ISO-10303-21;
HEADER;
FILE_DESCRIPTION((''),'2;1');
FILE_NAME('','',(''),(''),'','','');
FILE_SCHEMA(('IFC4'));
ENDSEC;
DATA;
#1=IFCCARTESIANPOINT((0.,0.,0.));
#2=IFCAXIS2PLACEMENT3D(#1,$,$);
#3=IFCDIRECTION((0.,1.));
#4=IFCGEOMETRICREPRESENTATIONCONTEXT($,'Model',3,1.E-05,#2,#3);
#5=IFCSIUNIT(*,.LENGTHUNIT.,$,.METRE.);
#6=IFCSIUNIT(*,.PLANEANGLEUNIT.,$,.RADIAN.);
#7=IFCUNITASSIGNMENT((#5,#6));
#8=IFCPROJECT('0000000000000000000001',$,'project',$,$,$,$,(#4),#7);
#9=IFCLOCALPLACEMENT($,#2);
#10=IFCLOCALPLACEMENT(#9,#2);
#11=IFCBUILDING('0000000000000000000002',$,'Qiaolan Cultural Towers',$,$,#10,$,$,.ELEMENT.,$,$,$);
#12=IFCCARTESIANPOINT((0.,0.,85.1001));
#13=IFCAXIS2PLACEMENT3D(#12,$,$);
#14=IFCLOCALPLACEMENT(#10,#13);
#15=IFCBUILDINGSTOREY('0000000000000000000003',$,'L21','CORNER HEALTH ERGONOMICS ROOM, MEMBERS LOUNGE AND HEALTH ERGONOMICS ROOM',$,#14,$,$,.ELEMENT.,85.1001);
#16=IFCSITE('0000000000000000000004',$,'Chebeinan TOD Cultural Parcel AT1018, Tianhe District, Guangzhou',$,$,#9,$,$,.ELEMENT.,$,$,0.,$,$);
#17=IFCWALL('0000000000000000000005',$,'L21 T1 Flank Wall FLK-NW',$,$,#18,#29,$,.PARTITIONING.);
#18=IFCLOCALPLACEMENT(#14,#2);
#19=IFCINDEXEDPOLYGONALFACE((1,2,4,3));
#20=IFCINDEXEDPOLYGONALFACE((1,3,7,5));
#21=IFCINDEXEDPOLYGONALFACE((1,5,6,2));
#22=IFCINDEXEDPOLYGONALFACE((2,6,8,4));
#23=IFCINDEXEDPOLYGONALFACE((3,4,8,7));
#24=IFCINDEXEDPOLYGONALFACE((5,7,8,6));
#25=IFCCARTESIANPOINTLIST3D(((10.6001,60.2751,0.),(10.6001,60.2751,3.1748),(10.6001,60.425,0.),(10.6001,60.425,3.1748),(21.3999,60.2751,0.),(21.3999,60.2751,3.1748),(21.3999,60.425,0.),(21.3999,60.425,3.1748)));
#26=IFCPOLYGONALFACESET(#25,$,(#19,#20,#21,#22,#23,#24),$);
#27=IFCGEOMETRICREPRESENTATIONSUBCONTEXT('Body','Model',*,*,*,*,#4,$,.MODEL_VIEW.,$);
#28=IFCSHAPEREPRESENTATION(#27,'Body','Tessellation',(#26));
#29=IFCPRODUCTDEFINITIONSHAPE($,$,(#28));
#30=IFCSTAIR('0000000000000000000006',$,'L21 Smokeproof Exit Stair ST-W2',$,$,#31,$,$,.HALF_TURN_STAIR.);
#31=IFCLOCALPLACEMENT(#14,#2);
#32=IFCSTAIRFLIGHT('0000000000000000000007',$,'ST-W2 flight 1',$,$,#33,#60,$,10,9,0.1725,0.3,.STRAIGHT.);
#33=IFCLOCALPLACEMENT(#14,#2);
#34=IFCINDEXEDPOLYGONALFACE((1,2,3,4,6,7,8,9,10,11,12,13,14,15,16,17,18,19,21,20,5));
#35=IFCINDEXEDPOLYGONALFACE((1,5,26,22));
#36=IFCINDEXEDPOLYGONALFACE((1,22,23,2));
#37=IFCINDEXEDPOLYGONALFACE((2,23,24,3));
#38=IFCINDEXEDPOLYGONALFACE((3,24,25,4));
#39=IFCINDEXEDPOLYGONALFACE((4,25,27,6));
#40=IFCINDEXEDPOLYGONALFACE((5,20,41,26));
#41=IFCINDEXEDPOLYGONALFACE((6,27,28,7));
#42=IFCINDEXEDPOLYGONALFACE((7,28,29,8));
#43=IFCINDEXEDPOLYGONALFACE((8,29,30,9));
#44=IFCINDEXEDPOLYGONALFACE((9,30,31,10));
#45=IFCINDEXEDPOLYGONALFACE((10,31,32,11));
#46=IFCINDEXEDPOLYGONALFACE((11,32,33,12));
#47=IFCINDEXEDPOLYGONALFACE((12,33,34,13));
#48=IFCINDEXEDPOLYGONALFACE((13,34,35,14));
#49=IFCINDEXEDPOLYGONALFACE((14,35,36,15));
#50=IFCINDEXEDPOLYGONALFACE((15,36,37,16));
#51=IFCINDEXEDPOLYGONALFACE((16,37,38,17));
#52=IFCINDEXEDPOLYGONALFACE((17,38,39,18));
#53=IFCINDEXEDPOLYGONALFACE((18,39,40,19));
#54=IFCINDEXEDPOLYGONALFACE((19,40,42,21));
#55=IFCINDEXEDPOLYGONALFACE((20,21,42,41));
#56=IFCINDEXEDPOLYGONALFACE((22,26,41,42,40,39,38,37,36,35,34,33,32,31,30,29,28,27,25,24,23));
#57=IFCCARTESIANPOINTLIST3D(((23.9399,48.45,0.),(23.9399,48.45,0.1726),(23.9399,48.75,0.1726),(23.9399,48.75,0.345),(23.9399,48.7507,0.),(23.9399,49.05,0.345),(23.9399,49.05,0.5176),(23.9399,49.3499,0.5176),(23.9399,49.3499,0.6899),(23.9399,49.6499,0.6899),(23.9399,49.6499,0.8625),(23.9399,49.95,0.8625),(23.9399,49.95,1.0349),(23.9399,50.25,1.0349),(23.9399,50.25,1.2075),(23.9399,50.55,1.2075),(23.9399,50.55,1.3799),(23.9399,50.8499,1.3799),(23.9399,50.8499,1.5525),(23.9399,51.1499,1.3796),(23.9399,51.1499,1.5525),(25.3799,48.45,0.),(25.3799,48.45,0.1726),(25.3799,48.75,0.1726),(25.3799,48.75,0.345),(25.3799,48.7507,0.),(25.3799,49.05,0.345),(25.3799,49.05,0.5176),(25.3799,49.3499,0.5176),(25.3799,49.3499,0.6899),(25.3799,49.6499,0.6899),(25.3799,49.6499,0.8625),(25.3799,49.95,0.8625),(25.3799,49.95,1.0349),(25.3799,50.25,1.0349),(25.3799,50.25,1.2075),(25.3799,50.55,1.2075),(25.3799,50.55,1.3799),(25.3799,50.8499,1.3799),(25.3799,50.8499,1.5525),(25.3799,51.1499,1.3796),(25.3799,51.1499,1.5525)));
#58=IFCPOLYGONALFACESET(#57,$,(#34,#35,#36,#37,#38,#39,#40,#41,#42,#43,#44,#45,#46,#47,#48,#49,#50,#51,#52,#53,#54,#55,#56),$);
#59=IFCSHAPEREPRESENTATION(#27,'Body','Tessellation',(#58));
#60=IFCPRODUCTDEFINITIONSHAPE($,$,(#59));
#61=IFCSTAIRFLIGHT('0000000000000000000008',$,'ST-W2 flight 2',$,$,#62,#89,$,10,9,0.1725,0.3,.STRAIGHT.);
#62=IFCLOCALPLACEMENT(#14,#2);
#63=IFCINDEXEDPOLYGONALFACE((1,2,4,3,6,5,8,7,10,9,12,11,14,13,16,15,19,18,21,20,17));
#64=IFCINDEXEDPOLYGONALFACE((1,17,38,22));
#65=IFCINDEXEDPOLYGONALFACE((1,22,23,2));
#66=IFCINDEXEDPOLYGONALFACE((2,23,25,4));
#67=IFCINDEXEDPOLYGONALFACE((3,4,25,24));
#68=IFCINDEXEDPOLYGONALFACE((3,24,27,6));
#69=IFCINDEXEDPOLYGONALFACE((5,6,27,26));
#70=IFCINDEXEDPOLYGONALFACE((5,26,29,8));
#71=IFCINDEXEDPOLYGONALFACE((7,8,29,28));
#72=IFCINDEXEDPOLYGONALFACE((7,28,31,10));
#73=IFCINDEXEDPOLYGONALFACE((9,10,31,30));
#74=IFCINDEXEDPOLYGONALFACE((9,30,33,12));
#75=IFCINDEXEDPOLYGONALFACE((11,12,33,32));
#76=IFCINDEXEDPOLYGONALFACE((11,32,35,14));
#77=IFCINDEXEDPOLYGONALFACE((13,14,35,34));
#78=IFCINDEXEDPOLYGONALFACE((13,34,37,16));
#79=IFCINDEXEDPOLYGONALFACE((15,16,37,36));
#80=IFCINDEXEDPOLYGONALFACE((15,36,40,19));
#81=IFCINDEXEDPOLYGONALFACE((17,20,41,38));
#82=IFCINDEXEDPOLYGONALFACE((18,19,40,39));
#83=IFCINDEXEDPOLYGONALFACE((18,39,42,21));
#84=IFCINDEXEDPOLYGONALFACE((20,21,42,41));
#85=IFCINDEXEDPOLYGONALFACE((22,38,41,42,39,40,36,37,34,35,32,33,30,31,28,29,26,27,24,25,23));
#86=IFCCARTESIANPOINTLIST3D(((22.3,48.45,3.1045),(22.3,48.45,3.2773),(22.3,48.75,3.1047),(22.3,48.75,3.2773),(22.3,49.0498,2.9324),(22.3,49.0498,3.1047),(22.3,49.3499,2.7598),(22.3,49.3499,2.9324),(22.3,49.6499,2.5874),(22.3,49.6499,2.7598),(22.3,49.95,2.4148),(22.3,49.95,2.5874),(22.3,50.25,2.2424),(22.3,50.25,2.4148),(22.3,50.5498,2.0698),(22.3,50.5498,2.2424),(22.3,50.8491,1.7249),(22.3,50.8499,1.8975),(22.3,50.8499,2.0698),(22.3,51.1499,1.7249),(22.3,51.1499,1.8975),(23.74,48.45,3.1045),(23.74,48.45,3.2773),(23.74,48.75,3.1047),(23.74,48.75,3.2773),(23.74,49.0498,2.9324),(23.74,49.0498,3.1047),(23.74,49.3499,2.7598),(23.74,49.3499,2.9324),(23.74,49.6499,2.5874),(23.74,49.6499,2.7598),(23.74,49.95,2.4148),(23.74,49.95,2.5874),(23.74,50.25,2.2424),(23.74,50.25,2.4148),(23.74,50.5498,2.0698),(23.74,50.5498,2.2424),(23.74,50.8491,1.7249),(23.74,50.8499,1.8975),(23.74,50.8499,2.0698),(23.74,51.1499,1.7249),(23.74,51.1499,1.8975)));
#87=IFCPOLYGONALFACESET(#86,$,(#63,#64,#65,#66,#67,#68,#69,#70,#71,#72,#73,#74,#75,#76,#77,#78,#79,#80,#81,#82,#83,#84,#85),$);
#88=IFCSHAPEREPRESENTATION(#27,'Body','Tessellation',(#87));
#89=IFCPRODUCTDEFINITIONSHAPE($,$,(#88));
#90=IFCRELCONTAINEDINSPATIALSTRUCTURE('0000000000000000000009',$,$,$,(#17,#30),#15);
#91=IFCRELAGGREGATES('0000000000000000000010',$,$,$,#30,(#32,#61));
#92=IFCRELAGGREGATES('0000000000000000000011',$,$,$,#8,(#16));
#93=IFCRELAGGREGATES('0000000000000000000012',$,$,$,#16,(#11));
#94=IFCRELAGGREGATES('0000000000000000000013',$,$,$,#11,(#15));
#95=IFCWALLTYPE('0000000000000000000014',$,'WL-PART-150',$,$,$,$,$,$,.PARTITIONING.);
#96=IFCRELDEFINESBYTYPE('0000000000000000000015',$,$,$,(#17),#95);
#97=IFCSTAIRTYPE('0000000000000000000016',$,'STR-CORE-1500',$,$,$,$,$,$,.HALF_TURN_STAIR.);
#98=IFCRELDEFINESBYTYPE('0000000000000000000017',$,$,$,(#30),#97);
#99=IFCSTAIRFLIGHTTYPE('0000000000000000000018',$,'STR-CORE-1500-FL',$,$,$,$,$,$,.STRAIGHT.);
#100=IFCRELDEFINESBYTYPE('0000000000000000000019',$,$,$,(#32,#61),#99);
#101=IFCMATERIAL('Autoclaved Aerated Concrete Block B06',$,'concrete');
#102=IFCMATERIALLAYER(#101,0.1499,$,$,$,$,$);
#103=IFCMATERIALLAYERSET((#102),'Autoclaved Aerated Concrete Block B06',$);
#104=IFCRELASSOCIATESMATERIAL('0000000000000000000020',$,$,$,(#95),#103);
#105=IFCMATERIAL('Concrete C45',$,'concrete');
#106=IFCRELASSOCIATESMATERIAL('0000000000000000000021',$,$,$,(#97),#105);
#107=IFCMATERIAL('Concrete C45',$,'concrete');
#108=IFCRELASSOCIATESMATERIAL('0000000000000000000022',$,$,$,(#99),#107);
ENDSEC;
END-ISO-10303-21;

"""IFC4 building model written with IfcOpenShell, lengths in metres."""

from ifc_helpers import new_model, si_unit, direction, frame, frame_2d, origin, place, context, subcontext, project, spatial, polyline, rectangle, outline, extrude, material, layer, layer_set, type_object, element, aggregate, save


model = new_model("IFC4")

# Units and contexts
model_context = context("Model", 3, precision=1e-05, world=origin(), true_north=direction((0.0, 1.0)))
body_context = subcontext(model_context, "Body", "Model", "MODEL_VIEW")
ifc_project = project(units=[si_unit("LENGTHUNIT", "METRE"), si_unit("PLANEANGLEUNIT", "RADIAN")], contexts=[model_context])

# Site, building, storey
site_placement = place(None, origin())
site = spatial("IfcSite", under=ifc_project, at=site_placement, Name="Chebeinan TOD Cultural Parcel AT1018, Tianhe District, Guangzhou", CompositionType="ELEMENT", RefElevation=0.0)
building_placement = place(site_placement, origin())
building = spatial("IfcBuilding", under=site, at=building_placement, Name="Qiaolan Cultural Towers", CompositionType="ELEMENT")
storey_placement = place(building_placement, frame((0.0, 0.0, 85.1001)))
storey = spatial("IfcBuildingStorey", under=building, at=storey_placement, Name="L21", Description="CORNER HEALTH ERGONOMICS ROOM, MEMBERS LOUNGE AND HEALTH ERGONOMICS ROOM", CompositionType="ELEMENT", Elevation=85.1001)

# Wall
ifc_material_1 = material(Name="Autoclaved Aerated Concrete Block B06", Category="concrete")
ifc_layer_1 = layer(ifc_material_1, 0.1499)
ifc_layer_set_1 = layer_set([ifc_layer_1], Name="Autoclaved Aerated Concrete Block B06")
wall_type_1 = type_object("IfcWallType", Name="WL-PART-150", PredefinedType="PARTITIONING", material=ifc_layer_set_1)
wall_1_placement = place(storey_placement, frame((10.6001, 60.3501, 0.0), z_axis=(0.0, 0.0, 1.0), x_axis=(1.0, 0.0, 0.0)))
element("IfcWall", 1, at=wall_1_placement, inside=storey, type_object=wall_type_1, Name="L21 T1 Flank Wall FLK-NW", PredefinedType="PARTITIONING", context=body_context, shape_type="SweptSolid", body=[
    extrude(rectangle(XDim=10.7998, YDim=0.1499, at=frame_2d((5.3999, 0.0))), origin(), (0.0, 0.0, 1.0), 3.1748),
])

# Stair, stair flights
ifc_material_2 = material(Name="Concrete C45", Category="concrete")
stair_type = type_object("IfcStairType", Name="STR-CORE-1500", PredefinedType="HALF_TURN_STAIR", material=ifc_material_2)
stair_placement = place(storey_placement, origin())
stair = element("IfcStair", 2, at=stair_placement, inside=storey, type_object=stair_type, Name="L21 Smokeproof Exit Stair ST-W2", PredefinedType="HALF_TURN_STAIR")
ifc_material_3 = material(Name="Concrete C45", Category="concrete")
stair_flight_type = type_object("IfcStairFlightType", Name="STR-CORE-1500-FL", PredefinedType="STRAIGHT", material=ifc_material_3)
stair_flight_1_placement = place(storey_placement, frame((24.6599, 48.45, 0.0), z_axis=(0.0, 0.0, 1.0), x_axis=(0.0, 1.0, 0.0)))
stair_flight_1 = element("IfcStairFlight", 3, at=stair_flight_1_placement, type_object=stair_flight_type, Name="ST-W2 flight 1", NumberOfRisers=10, NumberOfTreads=9, PredefinedType="STRAIGHT", RiserHeight=0.1725, TreadLength=0.3, context=body_context, shape_type="SweptSolid", body=[
    extrude(outline(polyline([(0.0, 0.0), (0.0, 0.1726), (0.3, 0.1726), (0.3, 0.345), (0.6001, 0.345), (0.6001, 0.5176), (0.8999, 0.5176), (0.8999, 0.6899), (1.2, 0.6899), (1.2, 0.8625), (1.5, 0.8625), (1.5, 1.0349), (1.8, 1.0349), (1.8, 1.2075), (2.1001, 1.2075), (2.1001, 1.3799), (2.3999, 1.3799), (2.3999, 1.5525), (2.7, 1.5525), (2.7, 1.7251), (2.7, 1.3796), (0.3008, 0.0), (0.0, 0.0)])), frame((0.0, 0.72, 0.0), z_axis=(0.0, -1.0, 0.0), x_axis=(1.0, 0.0, 0.0)), (0.0, 0.0, 1.0), 1.4399),
])
stair_flight_2_placement = place(storey_placement, frame((23.02, 51.1499, 1.7249), z_axis=(0.0, 0.0, 1.0), x_axis=(0.0, -1.0, 0.0)))
stair_flight_2 = element("IfcStairFlight", 4, at=stair_flight_2_placement, type_object=stair_flight_type, Name="ST-W2 flight 2", NumberOfRisers=10, NumberOfTreads=9, PredefinedType="STRAIGHT", RiserHeight=0.1725, TreadLength=0.3, context=body_context, shape_type="SweptSolid", body=[
    extrude(outline(polyline([(0.0, 0.0), (0.0, 0.1726), (0.3, 0.1726), (0.3, 0.345), (0.6001, 0.345), (0.6001, 0.5176), (0.8999, 0.5176), (0.8999, 0.6899), (1.2, 0.6899), (1.2, 0.8625), (1.5, 0.8625), (1.5, 1.0349), (1.8, 1.0349), (1.8, 1.2075), (2.1001, 1.2075), (2.1001, 1.3799), (2.3999, 1.3799), (2.3999, 1.5525), (2.7, 1.5525), (2.7, 1.7251), (2.7, 1.3796), (0.3008, 0.0), (0.0, 0.0)])), frame((0.0, 0.72, 0.0), z_axis=(0.0, -1.0, 0.0), x_axis=(1.0, 0.0, 0.0)), (0.0, 0.0, 1.0), 1.4399),
])
aggregate(stair, [stair_flight_1, stair_flight_2])

save(model, "model.ifc")
